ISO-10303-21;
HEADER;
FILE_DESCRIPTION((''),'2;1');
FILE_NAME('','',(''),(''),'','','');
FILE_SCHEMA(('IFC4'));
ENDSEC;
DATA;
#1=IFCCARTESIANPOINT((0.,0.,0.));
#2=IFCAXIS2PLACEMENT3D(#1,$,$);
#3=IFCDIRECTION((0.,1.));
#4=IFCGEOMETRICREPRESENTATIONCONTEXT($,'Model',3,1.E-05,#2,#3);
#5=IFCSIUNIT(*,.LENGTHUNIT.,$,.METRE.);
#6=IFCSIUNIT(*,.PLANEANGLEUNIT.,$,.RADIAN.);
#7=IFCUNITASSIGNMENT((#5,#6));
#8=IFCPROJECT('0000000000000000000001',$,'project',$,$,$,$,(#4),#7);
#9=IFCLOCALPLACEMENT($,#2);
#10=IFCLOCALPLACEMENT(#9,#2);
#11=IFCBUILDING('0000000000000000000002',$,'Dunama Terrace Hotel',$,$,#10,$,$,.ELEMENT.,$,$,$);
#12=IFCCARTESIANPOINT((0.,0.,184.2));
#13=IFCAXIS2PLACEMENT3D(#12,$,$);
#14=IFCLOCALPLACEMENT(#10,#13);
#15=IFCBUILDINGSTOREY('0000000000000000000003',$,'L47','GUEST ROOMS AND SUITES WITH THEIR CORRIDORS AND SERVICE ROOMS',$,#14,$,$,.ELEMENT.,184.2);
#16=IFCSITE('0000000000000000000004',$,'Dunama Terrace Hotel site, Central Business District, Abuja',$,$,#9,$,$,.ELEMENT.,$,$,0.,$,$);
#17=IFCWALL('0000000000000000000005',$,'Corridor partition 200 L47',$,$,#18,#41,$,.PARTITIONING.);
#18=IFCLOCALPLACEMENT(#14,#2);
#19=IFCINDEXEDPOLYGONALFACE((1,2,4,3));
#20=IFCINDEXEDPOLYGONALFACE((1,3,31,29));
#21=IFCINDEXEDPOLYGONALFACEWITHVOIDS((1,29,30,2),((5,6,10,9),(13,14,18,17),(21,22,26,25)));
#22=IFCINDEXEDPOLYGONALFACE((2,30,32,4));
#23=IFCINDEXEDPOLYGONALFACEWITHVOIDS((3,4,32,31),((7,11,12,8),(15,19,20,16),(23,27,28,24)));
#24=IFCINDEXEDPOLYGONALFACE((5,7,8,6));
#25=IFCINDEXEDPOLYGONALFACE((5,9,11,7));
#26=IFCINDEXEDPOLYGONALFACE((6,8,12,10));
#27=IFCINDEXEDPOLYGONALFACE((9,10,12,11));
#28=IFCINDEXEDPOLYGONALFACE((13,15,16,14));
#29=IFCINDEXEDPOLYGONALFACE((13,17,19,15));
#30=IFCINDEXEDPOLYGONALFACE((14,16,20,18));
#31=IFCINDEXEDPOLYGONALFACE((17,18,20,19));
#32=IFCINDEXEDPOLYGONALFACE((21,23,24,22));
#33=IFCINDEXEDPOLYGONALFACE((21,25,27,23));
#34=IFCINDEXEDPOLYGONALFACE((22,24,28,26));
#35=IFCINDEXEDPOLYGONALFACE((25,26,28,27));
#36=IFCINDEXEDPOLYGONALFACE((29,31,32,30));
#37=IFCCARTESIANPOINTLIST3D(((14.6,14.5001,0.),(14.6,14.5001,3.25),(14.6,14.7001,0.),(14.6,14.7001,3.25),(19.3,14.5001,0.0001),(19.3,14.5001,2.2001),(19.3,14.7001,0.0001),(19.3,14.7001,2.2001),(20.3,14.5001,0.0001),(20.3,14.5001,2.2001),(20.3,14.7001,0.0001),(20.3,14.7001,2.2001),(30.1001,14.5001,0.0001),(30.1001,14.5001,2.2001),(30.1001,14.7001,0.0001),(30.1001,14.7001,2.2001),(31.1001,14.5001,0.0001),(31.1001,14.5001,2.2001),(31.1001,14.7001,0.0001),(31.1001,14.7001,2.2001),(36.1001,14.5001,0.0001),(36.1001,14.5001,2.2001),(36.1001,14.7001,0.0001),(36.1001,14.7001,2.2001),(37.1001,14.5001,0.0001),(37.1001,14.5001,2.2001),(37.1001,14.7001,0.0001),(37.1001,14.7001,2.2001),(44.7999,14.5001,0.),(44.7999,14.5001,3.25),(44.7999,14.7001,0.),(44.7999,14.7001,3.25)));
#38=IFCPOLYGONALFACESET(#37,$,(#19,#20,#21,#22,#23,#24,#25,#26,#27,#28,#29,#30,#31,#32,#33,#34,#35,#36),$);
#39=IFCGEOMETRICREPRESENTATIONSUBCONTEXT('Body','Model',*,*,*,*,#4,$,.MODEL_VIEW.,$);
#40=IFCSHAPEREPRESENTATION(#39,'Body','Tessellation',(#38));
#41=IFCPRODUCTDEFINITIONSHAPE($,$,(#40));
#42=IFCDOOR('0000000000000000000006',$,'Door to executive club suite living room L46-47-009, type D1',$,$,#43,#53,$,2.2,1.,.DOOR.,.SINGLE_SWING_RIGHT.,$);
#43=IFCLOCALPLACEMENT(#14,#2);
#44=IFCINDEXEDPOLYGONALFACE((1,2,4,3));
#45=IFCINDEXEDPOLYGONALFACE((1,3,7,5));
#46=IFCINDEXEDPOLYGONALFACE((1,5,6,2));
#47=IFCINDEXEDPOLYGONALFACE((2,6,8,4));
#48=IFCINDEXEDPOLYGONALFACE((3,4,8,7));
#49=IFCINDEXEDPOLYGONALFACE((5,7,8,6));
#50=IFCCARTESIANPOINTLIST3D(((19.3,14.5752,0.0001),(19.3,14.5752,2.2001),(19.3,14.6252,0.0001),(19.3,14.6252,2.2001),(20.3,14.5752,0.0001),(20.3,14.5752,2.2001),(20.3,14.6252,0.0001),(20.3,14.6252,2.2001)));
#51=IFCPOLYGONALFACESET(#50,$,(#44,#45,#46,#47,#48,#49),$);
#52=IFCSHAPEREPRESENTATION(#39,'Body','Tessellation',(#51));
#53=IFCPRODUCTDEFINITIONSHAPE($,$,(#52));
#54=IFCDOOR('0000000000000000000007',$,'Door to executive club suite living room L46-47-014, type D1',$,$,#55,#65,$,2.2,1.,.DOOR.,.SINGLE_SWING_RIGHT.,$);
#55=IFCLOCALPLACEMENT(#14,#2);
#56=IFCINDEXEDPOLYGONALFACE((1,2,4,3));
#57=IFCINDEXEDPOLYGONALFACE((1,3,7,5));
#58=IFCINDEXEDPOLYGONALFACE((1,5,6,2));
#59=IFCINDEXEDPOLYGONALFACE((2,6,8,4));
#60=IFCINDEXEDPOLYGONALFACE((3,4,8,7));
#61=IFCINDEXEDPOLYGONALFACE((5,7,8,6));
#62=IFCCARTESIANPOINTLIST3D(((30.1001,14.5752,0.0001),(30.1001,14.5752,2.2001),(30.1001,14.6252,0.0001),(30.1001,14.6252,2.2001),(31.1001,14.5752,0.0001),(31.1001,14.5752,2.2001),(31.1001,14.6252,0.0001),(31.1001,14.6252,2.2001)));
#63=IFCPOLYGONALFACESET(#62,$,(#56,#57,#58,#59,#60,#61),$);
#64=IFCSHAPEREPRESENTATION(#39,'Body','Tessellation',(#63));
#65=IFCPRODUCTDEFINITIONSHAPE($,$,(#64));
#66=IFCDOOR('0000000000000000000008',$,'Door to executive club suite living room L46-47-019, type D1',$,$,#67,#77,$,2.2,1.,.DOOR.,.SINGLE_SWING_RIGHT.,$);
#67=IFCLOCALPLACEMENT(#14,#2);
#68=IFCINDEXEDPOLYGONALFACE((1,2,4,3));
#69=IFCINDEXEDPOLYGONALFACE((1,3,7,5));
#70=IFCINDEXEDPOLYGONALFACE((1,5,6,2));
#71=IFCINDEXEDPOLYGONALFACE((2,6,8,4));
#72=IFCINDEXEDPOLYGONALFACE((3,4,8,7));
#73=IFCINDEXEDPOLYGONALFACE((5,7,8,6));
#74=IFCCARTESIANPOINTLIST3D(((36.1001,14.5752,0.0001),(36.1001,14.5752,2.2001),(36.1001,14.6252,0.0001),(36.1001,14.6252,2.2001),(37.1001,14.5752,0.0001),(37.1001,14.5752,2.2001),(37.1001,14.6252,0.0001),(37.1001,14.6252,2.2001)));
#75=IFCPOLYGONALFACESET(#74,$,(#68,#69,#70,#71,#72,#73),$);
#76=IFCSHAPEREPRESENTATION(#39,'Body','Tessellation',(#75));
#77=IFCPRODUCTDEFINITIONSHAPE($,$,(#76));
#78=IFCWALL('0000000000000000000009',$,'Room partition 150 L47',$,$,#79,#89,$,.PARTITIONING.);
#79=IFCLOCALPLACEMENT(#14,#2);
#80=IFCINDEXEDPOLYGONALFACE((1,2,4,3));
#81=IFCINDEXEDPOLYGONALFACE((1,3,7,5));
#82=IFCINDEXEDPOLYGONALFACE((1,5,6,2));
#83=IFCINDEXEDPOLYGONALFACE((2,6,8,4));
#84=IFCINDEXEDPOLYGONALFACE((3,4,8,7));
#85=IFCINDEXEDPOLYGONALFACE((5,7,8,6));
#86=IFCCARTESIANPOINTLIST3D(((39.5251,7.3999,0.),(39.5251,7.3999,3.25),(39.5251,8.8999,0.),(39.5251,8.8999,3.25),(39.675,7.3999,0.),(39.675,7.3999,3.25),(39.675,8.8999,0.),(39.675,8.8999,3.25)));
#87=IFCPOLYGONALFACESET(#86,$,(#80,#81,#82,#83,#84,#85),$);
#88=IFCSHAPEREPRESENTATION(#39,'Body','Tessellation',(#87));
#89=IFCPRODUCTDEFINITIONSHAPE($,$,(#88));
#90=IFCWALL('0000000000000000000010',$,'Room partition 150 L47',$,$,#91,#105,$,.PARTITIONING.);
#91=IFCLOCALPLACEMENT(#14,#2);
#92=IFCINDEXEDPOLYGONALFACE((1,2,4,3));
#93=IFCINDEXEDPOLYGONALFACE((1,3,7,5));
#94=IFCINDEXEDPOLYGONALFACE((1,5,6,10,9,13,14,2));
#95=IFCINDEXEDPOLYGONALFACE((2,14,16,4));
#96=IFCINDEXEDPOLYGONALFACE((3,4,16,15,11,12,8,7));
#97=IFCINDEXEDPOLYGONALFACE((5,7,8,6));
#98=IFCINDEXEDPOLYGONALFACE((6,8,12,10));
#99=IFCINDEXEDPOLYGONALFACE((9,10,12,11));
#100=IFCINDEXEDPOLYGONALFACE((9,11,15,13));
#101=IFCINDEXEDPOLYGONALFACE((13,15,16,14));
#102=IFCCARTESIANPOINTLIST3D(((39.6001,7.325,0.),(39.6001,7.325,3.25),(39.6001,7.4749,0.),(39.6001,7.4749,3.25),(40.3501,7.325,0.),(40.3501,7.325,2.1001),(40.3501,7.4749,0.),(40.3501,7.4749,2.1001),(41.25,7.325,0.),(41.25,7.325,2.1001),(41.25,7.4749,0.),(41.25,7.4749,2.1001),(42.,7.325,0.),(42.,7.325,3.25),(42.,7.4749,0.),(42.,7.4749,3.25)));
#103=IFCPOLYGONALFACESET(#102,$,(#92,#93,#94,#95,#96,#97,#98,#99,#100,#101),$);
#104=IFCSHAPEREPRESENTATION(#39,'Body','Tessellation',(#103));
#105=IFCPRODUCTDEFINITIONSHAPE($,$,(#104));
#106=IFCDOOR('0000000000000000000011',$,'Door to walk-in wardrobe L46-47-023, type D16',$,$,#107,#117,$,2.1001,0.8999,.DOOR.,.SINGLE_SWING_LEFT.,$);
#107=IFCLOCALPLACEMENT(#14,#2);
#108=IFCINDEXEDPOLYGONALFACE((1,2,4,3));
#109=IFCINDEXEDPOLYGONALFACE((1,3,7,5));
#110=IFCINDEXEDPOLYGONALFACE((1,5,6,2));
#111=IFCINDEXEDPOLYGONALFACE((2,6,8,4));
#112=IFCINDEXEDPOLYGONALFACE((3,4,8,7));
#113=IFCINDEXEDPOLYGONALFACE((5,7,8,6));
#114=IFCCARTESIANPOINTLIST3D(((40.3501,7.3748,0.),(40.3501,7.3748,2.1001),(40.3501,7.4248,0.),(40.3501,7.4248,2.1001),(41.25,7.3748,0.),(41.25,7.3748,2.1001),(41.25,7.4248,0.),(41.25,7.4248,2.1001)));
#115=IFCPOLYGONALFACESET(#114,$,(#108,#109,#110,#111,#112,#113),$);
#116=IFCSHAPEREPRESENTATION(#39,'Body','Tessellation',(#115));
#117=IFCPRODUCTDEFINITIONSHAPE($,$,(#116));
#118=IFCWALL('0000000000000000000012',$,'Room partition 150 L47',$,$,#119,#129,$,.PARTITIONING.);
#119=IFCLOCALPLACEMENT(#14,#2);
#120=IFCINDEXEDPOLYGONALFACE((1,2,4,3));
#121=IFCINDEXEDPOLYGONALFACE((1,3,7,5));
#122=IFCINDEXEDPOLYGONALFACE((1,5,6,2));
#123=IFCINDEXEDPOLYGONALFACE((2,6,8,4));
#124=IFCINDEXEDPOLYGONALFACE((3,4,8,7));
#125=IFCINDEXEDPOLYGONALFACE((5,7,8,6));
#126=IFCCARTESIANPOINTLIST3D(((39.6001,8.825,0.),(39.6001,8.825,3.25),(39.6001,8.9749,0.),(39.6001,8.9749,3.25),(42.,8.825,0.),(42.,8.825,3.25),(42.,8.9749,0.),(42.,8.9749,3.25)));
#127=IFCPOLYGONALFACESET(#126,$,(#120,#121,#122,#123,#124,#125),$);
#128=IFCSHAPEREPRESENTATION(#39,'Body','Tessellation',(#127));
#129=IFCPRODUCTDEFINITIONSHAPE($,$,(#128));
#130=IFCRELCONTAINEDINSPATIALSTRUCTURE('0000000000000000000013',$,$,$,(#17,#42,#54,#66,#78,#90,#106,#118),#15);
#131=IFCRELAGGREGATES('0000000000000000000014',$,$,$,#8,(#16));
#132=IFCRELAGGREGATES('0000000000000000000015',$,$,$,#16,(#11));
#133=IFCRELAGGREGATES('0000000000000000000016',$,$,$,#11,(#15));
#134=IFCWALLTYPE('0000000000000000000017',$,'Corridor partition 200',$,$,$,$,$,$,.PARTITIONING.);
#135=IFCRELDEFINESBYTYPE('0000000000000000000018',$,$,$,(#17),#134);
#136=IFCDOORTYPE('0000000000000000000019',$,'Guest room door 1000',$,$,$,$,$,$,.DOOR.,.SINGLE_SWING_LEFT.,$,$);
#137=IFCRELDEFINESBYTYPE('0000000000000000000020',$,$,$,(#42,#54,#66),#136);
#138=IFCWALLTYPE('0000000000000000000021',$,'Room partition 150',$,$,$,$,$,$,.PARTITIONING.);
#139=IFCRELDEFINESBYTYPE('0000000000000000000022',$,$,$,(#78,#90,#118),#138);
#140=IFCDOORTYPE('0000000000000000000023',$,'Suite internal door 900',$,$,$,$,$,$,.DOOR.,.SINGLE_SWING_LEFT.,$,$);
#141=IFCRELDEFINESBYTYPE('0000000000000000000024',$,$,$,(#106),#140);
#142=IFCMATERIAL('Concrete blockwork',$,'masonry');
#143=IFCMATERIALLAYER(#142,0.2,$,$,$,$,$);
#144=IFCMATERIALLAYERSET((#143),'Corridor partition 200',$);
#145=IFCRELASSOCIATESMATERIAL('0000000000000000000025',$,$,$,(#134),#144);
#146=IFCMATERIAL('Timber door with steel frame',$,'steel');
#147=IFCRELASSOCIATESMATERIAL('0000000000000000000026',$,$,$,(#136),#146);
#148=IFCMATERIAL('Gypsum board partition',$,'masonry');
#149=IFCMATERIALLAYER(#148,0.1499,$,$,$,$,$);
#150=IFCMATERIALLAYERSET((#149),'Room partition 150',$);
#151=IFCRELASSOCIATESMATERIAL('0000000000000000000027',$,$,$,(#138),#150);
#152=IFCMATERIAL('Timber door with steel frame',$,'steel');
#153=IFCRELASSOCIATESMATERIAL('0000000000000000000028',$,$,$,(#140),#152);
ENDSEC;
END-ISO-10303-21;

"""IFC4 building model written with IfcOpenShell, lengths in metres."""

from ifc_helpers import new_model, si_unit, direction, frame, frame_2d, origin, place, context, subcontext, project, spatial, rectangle, extrude, material, layer, layer_set, type_object, element, fill, save


model = new_model("IFC4")

# Units and contexts
model_context = context("Model", 3, precision=1e-05, world=origin(), true_north=direction((0.0, 1.0)))
body_context = subcontext(model_context, "Body", "Model", "MODEL_VIEW")
ifc_project = project(units=[si_unit("LENGTHUNIT", "METRE"), si_unit("PLANEANGLEUNIT", "RADIAN")], contexts=[model_context])

# Site, building, storey
site_placement = place(None, origin())
site = spatial("IfcSite", under=ifc_project, at=site_placement, Name="Dunama Terrace Hotel site, Central Business District, Abuja", CompositionType="ELEMENT", RefElevation=0.0)
building_placement = place(site_placement, origin())
building = spatial("IfcBuilding", under=site, at=building_placement, Name="Dunama Terrace Hotel", CompositionType="ELEMENT")
storey_placement = place(building_placement, frame((0.0, 0.0, 184.2)))
storey = spatial("IfcBuildingStorey", under=building, at=storey_placement, Name="L47", Description="GUEST ROOMS AND SUITES WITH THEIR CORRIDORS AND SERVICE ROOMS", CompositionType="ELEMENT", Elevation=184.2)

# Wall, openings, doors
ifc_material_1 = material(Name="Concrete blockwork", Category="masonry")
ifc_layer_1 = layer(ifc_material_1, 0.2)
ifc_layer_set_1 = layer_set([ifc_layer_1], Name="Corridor partition 200")
wall_type_1 = type_object("IfcWallType", Name="Corridor partition 200", PredefinedType="PARTITIONING", material=ifc_layer_set_1)
wall_1_placement = place(storey_placement, frame((44.8, 14.6001, 0.0), z_axis=(0.0, 0.0, 1.0), x_axis=(-1.0, 0.0, 0.0)))
wall_1 = element("IfcWall", 1, at=wall_1_placement, inside=storey, type_object=wall_type_1, Name="Corridor partition 200 L47", PredefinedType="PARTITIONING", context=body_context, shape_type="SweptSolid", body=[
    extrude(rectangle(XDim=30.2, YDim=0.2, at=frame_2d((15.1001, 0.0))), origin(), (0.0, 0.0, 1.0), 3.25),
])
opening_1_placement = place(wall_1_placement, frame((24.5, 0.0, 0.0)))
opening_1 = element("IfcOpeningElement", 2, at=opening_1_placement, cuts=wall_1, PredefinedType="OPENING", context=body_context, shape_type="SweptSolid", body=[
    extrude(rectangle(XDim=1.0, YDim=2.2, at=frame_2d((0.5, 1.1001))), frame((0.0, 0.1099, 0.0), z_axis=(0.0, -1.0, 0.0), x_axis=(1.0, 0.0, 0.0)), (0.0, 0.0, 1.0), 0.22),
])
opening_2_placement = place(wall_1_placement, frame((13.7, 0.0, 0.0)))
opening_2 = element("IfcOpeningElement", 3, at=opening_2_placement, cuts=wall_1, PredefinedType="OPENING", context=body_context, shape_type="SweptSolid", body=[
    extrude(rectangle(XDim=1.0, YDim=2.2, at=frame_2d((0.5, 1.1001))), frame((0.0, 0.1099, 0.0), z_axis=(0.0, -1.0, 0.0), x_axis=(1.0, 0.0, 0.0)), (0.0, 0.0, 1.0), 0.22),
])
opening_3_placement = place(wall_1_placement, frame((7.7, 0.0, 0.0)))
opening_3 = element("IfcOpeningElement", 4, at=opening_3_placement, cuts=wall_1, PredefinedType="OPENING", context=body_context, shape_type="SweptSolid", body=[
    extrude(rectangle(XDim=1.0, YDim=2.2, at=frame_2d((0.5, 1.1001))), frame((0.0, 0.1099, 0.0), z_axis=(0.0, -1.0, 0.0), x_axis=(1.0, 0.0, 0.0)), (0.0, 0.0, 1.0), 0.22),
])
ifc_material_2 = material(Name="Timber door with steel frame", Category="steel")
door_type_1 = type_object("IfcDoorType", Name="Guest room door 1000", OperationType="SINGLE_SWING_LEFT", PredefinedType="DOOR", material=ifc_material_2)
door_1_placement = place(opening_1_placement, origin())
door_1 = element("IfcDoor", 5, at=door_1_placement, inside=storey, type_object=door_type_1, Name="Door to executive club suite living room L46-47-009, type D1", OperationType="SINGLE_SWING_RIGHT", OverallHeight=2.2, OverallWidth=1.0, PredefinedType="DOOR", context=body_context, shape_type="SweptSolid", body=[
    extrude(rectangle(XDim=1.0, YDim=2.2, at=frame_2d((0.5, 1.1001))), frame((0.0, 0.0249, 0.0), z_axis=(0.0, -1.0, 0.0), x_axis=(1.0, 0.0, 0.0)), (0.0, 0.0, 1.0), 0.05),
])
fill(opening_1, door_1)
door_2_placement = place(opening_2_placement, origin())
door_2 = element("IfcDoor", 6, at=door_2_placement, inside=storey, type_object=door_type_1, Name="Door to executive club suite living room L46-47-014, type D1", OperationType="SINGLE_SWING_RIGHT", OverallHeight=2.2, OverallWidth=1.0, PredefinedType="DOOR", context=body_context, shape_type="SweptSolid", body=[
    extrude(rectangle(XDim=1.0, YDim=2.2, at=frame_2d((0.5, 1.1001))), frame((0.0, 0.0249, 0.0), z_axis=(0.0, -1.0, 0.0), x_axis=(1.0, 0.0, 0.0)), (0.0, 0.0, 1.0), 0.05),
])
fill(opening_2, door_2)
door_3_placement = place(opening_3_placement, origin())
door_3 = element("IfcDoor", 7, at=door_3_placement, inside=storey, type_object=door_type_1, Name="Door to executive club suite living room L46-47-019, type D1", OperationType="SINGLE_SWING_RIGHT", OverallHeight=2.2, OverallWidth=1.0, PredefinedType="DOOR", context=body_context, shape_type="SweptSolid", body=[
    extrude(rectangle(XDim=1.0, YDim=2.2, at=frame_2d((0.5, 1.1001))), frame((0.0, 0.0249, 0.0), z_axis=(0.0, -1.0, 0.0), x_axis=(1.0, 0.0, 0.0)), (0.0, 0.0, 1.0), 0.05),
])
fill(opening_3, door_3)

# Wall
ifc_material_3 = material(Name="Gypsum board partition", Category="masonry")
ifc_layer_2 = layer(ifc_material_3, 0.1499)
ifc_layer_set_2 = layer_set([ifc_layer_2], Name="Room partition 150")
wall_type_2 = type_object("IfcWallType", Name="Room partition 150", PredefinedType="PARTITIONING", material=ifc_layer_set_2)
wall_2_placement = place(storey_placement, frame((39.6001, 7.3999, 0.0), z_axis=(0.0, 0.0, 1.0), x_axis=(0.0, 1.0, 0.0)))
element("IfcWall", 8, at=wall_2_placement, inside=storey, type_object=wall_type_2, Name="Room partition 150 L47", PredefinedType="PARTITIONING", context=body_context, shape_type="SweptSolid", body=[
    extrude(rectangle(XDim=1.5, YDim=0.1499, at=frame_2d((0.75, 0.0))), origin(), (0.0, 0.0, 1.0), 3.25),
])

# Wall, opening, door
wall_3_placement = place(storey_placement, frame((39.6001, 7.3999, 0.0), z_axis=(0.0, 0.0, 1.0), x_axis=(1.0, 0.0, 0.0)))
wall_3 = element("IfcWall", 9, at=wall_3_placement, inside=storey, type_object=wall_type_2, Name="Room partition 150 L47", PredefinedType="PARTITIONING", context=body_context, shape_type="SweptSolid", body=[
    extrude(rectangle(XDim=2.3999, YDim=0.1499, at=frame_2d((1.2, 0.0))), origin(), (0.0, 0.0, 1.0), 3.25),
])
opening_4_placement = place(wall_3_placement, frame((0.75, 0.0, 0.0)))
opening_4 = element("IfcOpeningElement", 10, at=opening_4_placement, cuts=wall_3, PredefinedType="OPENING", context=body_context, shape_type="SweptSolid", body=[
    extrude(rectangle(XDim=0.8999, YDim=2.1001, at=frame_2d((0.45, 1.05))), frame((0.0, 0.085, 0.0), z_axis=(0.0, -1.0, 0.0), x_axis=(1.0, 0.0, 0.0)), (0.0, 0.0, 1.0), 0.1699),
])
ifc_material_4 = material(Name="Timber door with steel frame", Category="steel")
door_type_2 = type_object("IfcDoorType", Name="Suite internal door 900", OperationType="SINGLE_SWING_LEFT", PredefinedType="DOOR", material=ifc_material_4)
door_4_placement = place(opening_4_placement, origin())
door_4 = element("IfcDoor", 11, at=door_4_placement, inside=storey, type_object=door_type_2, Name="Door to walk-in wardrobe L46-47-023, type D16", OperationType="SINGLE_SWING_LEFT", OverallHeight=2.1001, OverallWidth=0.8999, PredefinedType="DOOR", context=body_context, shape_type="SweptSolid", body=[
    extrude(rectangle(XDim=0.8999, YDim=2.1001, at=frame_2d((0.45, 1.05))), frame((0.0, 0.0249, 0.0), z_axis=(0.0, -1.0, 0.0), x_axis=(1.0, 0.0, 0.0)), (0.0, 0.0, 1.0), 0.05),
])
fill(opening_4, door_4)

# Wall
wall_4_placement = place(storey_placement, frame((39.6001, 8.8999, 0.0), z_axis=(0.0, 0.0, 1.0), x_axis=(1.0, 0.0, 0.0)))
element("IfcWall", 12, at=wall_4_placement, inside=storey, type_object=wall_type_2, Name="Room partition 150 L47", PredefinedType="PARTITIONING", context=body_context, shape_type="SweptSolid", body=[
    extrude(rectangle(XDim=2.3999, YDim=0.1499, at=frame_2d((1.2, 0.0))), origin(), (0.0, 0.0, 1.0), 3.25),
])

save(model, "model.ifc")
